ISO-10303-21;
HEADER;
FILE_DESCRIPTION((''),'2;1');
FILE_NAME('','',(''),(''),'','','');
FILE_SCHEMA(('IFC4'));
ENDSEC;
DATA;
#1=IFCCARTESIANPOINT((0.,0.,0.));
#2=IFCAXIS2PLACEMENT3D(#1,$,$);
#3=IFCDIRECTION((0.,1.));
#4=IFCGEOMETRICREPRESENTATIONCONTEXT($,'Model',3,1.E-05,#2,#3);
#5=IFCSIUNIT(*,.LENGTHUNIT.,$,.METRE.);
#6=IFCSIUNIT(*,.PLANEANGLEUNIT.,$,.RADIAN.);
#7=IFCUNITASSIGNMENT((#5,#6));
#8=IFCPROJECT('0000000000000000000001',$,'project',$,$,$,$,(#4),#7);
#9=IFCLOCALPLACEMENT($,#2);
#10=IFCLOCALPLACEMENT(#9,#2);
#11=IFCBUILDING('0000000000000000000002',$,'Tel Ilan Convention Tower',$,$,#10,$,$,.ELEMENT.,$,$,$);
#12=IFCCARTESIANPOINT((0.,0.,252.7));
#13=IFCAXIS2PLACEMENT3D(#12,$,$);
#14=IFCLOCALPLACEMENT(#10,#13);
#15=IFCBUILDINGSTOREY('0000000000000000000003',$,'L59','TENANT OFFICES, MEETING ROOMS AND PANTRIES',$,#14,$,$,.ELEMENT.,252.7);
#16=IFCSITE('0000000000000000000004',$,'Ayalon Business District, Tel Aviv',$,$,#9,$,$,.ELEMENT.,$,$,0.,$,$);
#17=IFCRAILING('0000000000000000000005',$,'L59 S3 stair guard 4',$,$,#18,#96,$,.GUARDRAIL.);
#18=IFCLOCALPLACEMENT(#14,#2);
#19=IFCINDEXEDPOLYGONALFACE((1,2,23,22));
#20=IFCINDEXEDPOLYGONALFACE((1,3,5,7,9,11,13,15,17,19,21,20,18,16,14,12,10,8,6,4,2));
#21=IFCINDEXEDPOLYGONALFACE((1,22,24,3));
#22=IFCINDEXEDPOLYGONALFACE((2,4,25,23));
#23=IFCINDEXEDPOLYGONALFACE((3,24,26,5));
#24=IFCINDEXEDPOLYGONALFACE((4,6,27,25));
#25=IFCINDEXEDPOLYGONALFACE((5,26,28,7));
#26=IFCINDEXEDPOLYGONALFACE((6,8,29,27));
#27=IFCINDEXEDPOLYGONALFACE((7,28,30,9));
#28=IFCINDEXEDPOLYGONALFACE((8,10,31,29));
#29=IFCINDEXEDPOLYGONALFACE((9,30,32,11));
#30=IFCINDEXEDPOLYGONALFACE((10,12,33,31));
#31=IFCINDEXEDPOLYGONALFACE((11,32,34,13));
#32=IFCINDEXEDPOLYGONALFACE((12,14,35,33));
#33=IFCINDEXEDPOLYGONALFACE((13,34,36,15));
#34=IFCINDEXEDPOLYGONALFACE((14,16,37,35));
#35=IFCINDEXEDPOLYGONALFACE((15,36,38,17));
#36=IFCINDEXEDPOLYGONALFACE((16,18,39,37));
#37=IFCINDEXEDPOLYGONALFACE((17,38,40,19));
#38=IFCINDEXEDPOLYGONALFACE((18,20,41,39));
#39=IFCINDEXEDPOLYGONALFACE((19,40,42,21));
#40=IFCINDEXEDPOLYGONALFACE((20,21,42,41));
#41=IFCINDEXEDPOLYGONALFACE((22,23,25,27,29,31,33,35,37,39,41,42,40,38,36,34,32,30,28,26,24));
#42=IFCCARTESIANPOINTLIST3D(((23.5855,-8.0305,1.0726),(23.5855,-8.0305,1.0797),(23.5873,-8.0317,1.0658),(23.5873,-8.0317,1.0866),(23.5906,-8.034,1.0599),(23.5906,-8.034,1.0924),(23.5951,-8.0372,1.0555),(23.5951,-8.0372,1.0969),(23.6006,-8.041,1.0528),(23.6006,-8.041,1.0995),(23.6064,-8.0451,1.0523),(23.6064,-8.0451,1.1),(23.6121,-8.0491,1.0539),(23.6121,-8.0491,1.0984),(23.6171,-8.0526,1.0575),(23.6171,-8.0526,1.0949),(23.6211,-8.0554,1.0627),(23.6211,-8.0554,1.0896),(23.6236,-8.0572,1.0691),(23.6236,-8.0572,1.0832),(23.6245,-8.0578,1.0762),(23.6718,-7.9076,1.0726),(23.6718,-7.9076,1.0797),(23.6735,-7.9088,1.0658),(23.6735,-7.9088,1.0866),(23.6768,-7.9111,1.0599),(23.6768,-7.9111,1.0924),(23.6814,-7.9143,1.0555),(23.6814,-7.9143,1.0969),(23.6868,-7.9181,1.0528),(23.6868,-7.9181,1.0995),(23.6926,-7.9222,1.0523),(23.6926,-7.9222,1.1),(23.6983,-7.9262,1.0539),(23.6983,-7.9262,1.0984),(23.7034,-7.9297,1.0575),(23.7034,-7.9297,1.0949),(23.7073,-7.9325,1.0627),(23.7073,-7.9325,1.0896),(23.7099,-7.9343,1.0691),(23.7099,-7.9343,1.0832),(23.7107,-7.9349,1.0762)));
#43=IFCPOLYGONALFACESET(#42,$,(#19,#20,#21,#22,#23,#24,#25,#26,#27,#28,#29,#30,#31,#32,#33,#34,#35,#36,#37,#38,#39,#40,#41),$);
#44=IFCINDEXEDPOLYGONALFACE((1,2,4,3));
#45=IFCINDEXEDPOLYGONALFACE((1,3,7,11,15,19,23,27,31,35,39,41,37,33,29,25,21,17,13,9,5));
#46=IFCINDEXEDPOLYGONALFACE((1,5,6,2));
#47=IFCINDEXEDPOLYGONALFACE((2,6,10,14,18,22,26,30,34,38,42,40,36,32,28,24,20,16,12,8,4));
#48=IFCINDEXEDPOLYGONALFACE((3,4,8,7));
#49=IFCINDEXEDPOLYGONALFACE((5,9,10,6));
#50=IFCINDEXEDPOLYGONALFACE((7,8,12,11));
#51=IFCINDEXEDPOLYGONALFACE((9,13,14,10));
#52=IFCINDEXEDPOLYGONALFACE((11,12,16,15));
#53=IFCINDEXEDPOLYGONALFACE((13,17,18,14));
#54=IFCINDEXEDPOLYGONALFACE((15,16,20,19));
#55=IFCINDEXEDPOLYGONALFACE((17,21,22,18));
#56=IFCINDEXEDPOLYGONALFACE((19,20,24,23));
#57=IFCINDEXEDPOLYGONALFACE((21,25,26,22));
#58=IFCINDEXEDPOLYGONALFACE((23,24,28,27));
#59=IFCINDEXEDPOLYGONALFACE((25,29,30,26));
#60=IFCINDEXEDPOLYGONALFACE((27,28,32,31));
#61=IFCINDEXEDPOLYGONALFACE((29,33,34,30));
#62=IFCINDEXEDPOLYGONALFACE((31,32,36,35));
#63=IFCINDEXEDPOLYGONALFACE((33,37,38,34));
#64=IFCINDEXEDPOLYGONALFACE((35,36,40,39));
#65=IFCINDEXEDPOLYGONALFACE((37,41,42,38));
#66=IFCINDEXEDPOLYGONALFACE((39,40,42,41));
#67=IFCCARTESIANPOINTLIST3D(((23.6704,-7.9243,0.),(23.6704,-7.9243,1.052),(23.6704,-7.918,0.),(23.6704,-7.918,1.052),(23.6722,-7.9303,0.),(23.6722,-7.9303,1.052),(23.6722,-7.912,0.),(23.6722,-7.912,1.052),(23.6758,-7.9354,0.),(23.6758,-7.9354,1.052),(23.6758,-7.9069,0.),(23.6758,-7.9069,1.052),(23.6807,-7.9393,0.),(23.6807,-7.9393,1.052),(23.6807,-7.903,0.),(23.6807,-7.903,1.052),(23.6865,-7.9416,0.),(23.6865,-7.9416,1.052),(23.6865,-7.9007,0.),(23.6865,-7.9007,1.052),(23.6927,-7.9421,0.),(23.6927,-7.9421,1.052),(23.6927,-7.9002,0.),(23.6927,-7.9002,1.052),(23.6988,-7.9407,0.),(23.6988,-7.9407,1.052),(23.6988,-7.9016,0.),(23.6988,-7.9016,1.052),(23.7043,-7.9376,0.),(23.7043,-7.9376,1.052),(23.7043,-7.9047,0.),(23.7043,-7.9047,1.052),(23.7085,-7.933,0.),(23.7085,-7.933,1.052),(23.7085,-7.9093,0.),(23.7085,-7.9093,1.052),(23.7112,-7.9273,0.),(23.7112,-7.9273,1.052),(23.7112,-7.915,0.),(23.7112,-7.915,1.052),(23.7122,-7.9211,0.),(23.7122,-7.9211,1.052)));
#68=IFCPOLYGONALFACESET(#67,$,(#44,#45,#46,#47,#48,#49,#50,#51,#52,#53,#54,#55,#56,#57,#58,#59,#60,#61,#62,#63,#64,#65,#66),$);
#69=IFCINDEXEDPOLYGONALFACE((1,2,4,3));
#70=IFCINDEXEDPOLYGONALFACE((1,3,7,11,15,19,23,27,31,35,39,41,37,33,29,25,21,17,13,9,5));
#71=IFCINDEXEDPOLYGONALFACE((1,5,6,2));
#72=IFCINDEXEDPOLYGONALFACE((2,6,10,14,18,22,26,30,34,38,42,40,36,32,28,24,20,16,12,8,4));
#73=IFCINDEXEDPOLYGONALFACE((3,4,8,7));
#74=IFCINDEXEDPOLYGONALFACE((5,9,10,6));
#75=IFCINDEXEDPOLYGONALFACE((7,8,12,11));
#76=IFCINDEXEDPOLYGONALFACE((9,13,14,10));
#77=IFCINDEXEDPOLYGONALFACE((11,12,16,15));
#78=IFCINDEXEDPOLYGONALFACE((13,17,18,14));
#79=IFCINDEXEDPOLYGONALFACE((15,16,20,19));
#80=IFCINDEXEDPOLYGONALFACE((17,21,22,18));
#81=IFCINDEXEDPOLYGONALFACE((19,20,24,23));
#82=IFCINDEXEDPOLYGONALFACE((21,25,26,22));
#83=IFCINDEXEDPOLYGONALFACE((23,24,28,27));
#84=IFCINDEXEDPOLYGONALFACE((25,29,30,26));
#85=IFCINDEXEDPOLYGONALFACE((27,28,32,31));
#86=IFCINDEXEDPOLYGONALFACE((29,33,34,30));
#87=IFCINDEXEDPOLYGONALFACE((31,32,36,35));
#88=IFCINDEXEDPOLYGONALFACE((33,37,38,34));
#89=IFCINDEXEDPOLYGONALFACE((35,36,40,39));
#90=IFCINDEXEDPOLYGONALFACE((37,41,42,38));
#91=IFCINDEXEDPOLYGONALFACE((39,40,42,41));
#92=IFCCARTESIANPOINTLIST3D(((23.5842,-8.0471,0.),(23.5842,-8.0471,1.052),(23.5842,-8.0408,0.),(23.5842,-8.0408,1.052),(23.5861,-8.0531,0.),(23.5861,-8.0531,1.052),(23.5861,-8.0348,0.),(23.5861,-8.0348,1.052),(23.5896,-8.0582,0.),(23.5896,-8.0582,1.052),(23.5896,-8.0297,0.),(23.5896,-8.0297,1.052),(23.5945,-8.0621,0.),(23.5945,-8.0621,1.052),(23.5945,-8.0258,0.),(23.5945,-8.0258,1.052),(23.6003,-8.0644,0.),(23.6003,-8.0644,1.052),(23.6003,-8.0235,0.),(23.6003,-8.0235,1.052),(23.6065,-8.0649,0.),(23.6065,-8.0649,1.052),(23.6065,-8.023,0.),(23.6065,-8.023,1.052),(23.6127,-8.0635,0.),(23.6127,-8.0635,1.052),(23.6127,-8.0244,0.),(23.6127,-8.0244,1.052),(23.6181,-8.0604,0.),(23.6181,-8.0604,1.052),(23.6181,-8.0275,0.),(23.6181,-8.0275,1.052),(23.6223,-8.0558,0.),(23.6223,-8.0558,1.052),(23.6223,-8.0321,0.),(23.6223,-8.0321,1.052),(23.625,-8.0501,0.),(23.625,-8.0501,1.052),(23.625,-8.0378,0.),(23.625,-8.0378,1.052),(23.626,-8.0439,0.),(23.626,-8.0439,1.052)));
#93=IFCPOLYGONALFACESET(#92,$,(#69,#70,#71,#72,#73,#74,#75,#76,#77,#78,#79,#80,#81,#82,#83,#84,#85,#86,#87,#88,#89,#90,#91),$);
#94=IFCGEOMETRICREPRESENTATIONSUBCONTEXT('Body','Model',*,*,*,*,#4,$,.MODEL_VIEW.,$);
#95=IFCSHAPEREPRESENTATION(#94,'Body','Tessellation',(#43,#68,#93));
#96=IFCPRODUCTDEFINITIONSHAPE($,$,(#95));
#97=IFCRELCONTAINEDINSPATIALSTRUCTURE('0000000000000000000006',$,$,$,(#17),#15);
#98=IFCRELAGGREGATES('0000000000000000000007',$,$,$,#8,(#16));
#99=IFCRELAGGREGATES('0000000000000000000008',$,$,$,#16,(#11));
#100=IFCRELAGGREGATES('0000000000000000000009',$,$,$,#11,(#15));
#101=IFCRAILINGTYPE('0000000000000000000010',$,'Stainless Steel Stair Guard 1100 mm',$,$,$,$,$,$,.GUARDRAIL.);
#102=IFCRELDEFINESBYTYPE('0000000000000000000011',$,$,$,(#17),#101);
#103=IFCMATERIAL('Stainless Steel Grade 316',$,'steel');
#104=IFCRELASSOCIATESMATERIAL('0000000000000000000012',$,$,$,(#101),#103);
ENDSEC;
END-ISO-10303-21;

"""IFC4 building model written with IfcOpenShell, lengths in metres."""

from ifc_helpers import new_model, si_unit, direction, frame, origin, origin_2d, place, context, subcontext, project, spatial, circle, extrude, material, type_object, element, save


model = new_model("IFC4")

# Units and contexts
model_context = context("Model", 3, precision=1e-05, world=origin(), true_north=direction((0.0, 1.0)))
body_context = subcontext(model_context, "Body", "Model", "MODEL_VIEW")
ifc_project = project(units=[si_unit("LENGTHUNIT", "METRE"), si_unit("PLANEANGLEUNIT", "RADIAN")], contexts=[model_context])

# Site, building, storey
site_placement = place(None, origin())
site = spatial("IfcSite", under=ifc_project, at=site_placement, Name="Ayalon Business District, Tel Aviv", CompositionType="ELEMENT", RefElevation=0.0)
building_placement = place(site_placement, origin())
building = spatial("IfcBuilding", under=site, at=building_placement, Name="Tel Ilan Convention Tower", CompositionType="ELEMENT")
storey_placement = place(building_placement, frame((0.0, 0.0, 252.7)))
storey = spatial("IfcBuildingStorey", under=building, at=storey_placement, Name="L59", Description="TENANT OFFICES, MEETING ROOMS AND PANTRIES", CompositionType="ELEMENT", Elevation=252.7)

# Railing
ifc_material_1 = material(Name="Stainless Steel Grade 316", Category="steel")
railing_type_1 = type_object("IfcRailingType", Name="Stainless Steel Stair Guard 1100 mm", PredefinedType="GUARDRAIL", material=ifc_material_1)
railing_1_placement = place(storey_placement, frame((23.6912, -7.9211, 0.0)))
element("IfcRailing", 1, at=railing_1_placement, inside=storey, type_object=railing_type_1, Name="L59 S3 stair guard 4", PredefinedType="GUARDRAIL", context=body_context, shape_type="SweptSolid", body=[
    extrude(circle(Radius=0.0239, at=origin_2d()), frame((0.0, 0.0, 1.0762), z_axis=(-0.574445, -0.818543, 0.0), x_axis=(0.818543, -0.574445, 0.0)), (0.0, 0.0, 1.0), 0.1501),
    extrude(circle(Radius=0.021, at=origin_2d()), origin(), (0.0, 0.0, 1.0), 1.052),
    extrude(circle(Radius=0.021, at=origin_2d()), frame((-0.0862, -0.1228, 0.0)), (0.0, 0.0, 1.0), 1.052),
])

save(model, "model.ifc")
